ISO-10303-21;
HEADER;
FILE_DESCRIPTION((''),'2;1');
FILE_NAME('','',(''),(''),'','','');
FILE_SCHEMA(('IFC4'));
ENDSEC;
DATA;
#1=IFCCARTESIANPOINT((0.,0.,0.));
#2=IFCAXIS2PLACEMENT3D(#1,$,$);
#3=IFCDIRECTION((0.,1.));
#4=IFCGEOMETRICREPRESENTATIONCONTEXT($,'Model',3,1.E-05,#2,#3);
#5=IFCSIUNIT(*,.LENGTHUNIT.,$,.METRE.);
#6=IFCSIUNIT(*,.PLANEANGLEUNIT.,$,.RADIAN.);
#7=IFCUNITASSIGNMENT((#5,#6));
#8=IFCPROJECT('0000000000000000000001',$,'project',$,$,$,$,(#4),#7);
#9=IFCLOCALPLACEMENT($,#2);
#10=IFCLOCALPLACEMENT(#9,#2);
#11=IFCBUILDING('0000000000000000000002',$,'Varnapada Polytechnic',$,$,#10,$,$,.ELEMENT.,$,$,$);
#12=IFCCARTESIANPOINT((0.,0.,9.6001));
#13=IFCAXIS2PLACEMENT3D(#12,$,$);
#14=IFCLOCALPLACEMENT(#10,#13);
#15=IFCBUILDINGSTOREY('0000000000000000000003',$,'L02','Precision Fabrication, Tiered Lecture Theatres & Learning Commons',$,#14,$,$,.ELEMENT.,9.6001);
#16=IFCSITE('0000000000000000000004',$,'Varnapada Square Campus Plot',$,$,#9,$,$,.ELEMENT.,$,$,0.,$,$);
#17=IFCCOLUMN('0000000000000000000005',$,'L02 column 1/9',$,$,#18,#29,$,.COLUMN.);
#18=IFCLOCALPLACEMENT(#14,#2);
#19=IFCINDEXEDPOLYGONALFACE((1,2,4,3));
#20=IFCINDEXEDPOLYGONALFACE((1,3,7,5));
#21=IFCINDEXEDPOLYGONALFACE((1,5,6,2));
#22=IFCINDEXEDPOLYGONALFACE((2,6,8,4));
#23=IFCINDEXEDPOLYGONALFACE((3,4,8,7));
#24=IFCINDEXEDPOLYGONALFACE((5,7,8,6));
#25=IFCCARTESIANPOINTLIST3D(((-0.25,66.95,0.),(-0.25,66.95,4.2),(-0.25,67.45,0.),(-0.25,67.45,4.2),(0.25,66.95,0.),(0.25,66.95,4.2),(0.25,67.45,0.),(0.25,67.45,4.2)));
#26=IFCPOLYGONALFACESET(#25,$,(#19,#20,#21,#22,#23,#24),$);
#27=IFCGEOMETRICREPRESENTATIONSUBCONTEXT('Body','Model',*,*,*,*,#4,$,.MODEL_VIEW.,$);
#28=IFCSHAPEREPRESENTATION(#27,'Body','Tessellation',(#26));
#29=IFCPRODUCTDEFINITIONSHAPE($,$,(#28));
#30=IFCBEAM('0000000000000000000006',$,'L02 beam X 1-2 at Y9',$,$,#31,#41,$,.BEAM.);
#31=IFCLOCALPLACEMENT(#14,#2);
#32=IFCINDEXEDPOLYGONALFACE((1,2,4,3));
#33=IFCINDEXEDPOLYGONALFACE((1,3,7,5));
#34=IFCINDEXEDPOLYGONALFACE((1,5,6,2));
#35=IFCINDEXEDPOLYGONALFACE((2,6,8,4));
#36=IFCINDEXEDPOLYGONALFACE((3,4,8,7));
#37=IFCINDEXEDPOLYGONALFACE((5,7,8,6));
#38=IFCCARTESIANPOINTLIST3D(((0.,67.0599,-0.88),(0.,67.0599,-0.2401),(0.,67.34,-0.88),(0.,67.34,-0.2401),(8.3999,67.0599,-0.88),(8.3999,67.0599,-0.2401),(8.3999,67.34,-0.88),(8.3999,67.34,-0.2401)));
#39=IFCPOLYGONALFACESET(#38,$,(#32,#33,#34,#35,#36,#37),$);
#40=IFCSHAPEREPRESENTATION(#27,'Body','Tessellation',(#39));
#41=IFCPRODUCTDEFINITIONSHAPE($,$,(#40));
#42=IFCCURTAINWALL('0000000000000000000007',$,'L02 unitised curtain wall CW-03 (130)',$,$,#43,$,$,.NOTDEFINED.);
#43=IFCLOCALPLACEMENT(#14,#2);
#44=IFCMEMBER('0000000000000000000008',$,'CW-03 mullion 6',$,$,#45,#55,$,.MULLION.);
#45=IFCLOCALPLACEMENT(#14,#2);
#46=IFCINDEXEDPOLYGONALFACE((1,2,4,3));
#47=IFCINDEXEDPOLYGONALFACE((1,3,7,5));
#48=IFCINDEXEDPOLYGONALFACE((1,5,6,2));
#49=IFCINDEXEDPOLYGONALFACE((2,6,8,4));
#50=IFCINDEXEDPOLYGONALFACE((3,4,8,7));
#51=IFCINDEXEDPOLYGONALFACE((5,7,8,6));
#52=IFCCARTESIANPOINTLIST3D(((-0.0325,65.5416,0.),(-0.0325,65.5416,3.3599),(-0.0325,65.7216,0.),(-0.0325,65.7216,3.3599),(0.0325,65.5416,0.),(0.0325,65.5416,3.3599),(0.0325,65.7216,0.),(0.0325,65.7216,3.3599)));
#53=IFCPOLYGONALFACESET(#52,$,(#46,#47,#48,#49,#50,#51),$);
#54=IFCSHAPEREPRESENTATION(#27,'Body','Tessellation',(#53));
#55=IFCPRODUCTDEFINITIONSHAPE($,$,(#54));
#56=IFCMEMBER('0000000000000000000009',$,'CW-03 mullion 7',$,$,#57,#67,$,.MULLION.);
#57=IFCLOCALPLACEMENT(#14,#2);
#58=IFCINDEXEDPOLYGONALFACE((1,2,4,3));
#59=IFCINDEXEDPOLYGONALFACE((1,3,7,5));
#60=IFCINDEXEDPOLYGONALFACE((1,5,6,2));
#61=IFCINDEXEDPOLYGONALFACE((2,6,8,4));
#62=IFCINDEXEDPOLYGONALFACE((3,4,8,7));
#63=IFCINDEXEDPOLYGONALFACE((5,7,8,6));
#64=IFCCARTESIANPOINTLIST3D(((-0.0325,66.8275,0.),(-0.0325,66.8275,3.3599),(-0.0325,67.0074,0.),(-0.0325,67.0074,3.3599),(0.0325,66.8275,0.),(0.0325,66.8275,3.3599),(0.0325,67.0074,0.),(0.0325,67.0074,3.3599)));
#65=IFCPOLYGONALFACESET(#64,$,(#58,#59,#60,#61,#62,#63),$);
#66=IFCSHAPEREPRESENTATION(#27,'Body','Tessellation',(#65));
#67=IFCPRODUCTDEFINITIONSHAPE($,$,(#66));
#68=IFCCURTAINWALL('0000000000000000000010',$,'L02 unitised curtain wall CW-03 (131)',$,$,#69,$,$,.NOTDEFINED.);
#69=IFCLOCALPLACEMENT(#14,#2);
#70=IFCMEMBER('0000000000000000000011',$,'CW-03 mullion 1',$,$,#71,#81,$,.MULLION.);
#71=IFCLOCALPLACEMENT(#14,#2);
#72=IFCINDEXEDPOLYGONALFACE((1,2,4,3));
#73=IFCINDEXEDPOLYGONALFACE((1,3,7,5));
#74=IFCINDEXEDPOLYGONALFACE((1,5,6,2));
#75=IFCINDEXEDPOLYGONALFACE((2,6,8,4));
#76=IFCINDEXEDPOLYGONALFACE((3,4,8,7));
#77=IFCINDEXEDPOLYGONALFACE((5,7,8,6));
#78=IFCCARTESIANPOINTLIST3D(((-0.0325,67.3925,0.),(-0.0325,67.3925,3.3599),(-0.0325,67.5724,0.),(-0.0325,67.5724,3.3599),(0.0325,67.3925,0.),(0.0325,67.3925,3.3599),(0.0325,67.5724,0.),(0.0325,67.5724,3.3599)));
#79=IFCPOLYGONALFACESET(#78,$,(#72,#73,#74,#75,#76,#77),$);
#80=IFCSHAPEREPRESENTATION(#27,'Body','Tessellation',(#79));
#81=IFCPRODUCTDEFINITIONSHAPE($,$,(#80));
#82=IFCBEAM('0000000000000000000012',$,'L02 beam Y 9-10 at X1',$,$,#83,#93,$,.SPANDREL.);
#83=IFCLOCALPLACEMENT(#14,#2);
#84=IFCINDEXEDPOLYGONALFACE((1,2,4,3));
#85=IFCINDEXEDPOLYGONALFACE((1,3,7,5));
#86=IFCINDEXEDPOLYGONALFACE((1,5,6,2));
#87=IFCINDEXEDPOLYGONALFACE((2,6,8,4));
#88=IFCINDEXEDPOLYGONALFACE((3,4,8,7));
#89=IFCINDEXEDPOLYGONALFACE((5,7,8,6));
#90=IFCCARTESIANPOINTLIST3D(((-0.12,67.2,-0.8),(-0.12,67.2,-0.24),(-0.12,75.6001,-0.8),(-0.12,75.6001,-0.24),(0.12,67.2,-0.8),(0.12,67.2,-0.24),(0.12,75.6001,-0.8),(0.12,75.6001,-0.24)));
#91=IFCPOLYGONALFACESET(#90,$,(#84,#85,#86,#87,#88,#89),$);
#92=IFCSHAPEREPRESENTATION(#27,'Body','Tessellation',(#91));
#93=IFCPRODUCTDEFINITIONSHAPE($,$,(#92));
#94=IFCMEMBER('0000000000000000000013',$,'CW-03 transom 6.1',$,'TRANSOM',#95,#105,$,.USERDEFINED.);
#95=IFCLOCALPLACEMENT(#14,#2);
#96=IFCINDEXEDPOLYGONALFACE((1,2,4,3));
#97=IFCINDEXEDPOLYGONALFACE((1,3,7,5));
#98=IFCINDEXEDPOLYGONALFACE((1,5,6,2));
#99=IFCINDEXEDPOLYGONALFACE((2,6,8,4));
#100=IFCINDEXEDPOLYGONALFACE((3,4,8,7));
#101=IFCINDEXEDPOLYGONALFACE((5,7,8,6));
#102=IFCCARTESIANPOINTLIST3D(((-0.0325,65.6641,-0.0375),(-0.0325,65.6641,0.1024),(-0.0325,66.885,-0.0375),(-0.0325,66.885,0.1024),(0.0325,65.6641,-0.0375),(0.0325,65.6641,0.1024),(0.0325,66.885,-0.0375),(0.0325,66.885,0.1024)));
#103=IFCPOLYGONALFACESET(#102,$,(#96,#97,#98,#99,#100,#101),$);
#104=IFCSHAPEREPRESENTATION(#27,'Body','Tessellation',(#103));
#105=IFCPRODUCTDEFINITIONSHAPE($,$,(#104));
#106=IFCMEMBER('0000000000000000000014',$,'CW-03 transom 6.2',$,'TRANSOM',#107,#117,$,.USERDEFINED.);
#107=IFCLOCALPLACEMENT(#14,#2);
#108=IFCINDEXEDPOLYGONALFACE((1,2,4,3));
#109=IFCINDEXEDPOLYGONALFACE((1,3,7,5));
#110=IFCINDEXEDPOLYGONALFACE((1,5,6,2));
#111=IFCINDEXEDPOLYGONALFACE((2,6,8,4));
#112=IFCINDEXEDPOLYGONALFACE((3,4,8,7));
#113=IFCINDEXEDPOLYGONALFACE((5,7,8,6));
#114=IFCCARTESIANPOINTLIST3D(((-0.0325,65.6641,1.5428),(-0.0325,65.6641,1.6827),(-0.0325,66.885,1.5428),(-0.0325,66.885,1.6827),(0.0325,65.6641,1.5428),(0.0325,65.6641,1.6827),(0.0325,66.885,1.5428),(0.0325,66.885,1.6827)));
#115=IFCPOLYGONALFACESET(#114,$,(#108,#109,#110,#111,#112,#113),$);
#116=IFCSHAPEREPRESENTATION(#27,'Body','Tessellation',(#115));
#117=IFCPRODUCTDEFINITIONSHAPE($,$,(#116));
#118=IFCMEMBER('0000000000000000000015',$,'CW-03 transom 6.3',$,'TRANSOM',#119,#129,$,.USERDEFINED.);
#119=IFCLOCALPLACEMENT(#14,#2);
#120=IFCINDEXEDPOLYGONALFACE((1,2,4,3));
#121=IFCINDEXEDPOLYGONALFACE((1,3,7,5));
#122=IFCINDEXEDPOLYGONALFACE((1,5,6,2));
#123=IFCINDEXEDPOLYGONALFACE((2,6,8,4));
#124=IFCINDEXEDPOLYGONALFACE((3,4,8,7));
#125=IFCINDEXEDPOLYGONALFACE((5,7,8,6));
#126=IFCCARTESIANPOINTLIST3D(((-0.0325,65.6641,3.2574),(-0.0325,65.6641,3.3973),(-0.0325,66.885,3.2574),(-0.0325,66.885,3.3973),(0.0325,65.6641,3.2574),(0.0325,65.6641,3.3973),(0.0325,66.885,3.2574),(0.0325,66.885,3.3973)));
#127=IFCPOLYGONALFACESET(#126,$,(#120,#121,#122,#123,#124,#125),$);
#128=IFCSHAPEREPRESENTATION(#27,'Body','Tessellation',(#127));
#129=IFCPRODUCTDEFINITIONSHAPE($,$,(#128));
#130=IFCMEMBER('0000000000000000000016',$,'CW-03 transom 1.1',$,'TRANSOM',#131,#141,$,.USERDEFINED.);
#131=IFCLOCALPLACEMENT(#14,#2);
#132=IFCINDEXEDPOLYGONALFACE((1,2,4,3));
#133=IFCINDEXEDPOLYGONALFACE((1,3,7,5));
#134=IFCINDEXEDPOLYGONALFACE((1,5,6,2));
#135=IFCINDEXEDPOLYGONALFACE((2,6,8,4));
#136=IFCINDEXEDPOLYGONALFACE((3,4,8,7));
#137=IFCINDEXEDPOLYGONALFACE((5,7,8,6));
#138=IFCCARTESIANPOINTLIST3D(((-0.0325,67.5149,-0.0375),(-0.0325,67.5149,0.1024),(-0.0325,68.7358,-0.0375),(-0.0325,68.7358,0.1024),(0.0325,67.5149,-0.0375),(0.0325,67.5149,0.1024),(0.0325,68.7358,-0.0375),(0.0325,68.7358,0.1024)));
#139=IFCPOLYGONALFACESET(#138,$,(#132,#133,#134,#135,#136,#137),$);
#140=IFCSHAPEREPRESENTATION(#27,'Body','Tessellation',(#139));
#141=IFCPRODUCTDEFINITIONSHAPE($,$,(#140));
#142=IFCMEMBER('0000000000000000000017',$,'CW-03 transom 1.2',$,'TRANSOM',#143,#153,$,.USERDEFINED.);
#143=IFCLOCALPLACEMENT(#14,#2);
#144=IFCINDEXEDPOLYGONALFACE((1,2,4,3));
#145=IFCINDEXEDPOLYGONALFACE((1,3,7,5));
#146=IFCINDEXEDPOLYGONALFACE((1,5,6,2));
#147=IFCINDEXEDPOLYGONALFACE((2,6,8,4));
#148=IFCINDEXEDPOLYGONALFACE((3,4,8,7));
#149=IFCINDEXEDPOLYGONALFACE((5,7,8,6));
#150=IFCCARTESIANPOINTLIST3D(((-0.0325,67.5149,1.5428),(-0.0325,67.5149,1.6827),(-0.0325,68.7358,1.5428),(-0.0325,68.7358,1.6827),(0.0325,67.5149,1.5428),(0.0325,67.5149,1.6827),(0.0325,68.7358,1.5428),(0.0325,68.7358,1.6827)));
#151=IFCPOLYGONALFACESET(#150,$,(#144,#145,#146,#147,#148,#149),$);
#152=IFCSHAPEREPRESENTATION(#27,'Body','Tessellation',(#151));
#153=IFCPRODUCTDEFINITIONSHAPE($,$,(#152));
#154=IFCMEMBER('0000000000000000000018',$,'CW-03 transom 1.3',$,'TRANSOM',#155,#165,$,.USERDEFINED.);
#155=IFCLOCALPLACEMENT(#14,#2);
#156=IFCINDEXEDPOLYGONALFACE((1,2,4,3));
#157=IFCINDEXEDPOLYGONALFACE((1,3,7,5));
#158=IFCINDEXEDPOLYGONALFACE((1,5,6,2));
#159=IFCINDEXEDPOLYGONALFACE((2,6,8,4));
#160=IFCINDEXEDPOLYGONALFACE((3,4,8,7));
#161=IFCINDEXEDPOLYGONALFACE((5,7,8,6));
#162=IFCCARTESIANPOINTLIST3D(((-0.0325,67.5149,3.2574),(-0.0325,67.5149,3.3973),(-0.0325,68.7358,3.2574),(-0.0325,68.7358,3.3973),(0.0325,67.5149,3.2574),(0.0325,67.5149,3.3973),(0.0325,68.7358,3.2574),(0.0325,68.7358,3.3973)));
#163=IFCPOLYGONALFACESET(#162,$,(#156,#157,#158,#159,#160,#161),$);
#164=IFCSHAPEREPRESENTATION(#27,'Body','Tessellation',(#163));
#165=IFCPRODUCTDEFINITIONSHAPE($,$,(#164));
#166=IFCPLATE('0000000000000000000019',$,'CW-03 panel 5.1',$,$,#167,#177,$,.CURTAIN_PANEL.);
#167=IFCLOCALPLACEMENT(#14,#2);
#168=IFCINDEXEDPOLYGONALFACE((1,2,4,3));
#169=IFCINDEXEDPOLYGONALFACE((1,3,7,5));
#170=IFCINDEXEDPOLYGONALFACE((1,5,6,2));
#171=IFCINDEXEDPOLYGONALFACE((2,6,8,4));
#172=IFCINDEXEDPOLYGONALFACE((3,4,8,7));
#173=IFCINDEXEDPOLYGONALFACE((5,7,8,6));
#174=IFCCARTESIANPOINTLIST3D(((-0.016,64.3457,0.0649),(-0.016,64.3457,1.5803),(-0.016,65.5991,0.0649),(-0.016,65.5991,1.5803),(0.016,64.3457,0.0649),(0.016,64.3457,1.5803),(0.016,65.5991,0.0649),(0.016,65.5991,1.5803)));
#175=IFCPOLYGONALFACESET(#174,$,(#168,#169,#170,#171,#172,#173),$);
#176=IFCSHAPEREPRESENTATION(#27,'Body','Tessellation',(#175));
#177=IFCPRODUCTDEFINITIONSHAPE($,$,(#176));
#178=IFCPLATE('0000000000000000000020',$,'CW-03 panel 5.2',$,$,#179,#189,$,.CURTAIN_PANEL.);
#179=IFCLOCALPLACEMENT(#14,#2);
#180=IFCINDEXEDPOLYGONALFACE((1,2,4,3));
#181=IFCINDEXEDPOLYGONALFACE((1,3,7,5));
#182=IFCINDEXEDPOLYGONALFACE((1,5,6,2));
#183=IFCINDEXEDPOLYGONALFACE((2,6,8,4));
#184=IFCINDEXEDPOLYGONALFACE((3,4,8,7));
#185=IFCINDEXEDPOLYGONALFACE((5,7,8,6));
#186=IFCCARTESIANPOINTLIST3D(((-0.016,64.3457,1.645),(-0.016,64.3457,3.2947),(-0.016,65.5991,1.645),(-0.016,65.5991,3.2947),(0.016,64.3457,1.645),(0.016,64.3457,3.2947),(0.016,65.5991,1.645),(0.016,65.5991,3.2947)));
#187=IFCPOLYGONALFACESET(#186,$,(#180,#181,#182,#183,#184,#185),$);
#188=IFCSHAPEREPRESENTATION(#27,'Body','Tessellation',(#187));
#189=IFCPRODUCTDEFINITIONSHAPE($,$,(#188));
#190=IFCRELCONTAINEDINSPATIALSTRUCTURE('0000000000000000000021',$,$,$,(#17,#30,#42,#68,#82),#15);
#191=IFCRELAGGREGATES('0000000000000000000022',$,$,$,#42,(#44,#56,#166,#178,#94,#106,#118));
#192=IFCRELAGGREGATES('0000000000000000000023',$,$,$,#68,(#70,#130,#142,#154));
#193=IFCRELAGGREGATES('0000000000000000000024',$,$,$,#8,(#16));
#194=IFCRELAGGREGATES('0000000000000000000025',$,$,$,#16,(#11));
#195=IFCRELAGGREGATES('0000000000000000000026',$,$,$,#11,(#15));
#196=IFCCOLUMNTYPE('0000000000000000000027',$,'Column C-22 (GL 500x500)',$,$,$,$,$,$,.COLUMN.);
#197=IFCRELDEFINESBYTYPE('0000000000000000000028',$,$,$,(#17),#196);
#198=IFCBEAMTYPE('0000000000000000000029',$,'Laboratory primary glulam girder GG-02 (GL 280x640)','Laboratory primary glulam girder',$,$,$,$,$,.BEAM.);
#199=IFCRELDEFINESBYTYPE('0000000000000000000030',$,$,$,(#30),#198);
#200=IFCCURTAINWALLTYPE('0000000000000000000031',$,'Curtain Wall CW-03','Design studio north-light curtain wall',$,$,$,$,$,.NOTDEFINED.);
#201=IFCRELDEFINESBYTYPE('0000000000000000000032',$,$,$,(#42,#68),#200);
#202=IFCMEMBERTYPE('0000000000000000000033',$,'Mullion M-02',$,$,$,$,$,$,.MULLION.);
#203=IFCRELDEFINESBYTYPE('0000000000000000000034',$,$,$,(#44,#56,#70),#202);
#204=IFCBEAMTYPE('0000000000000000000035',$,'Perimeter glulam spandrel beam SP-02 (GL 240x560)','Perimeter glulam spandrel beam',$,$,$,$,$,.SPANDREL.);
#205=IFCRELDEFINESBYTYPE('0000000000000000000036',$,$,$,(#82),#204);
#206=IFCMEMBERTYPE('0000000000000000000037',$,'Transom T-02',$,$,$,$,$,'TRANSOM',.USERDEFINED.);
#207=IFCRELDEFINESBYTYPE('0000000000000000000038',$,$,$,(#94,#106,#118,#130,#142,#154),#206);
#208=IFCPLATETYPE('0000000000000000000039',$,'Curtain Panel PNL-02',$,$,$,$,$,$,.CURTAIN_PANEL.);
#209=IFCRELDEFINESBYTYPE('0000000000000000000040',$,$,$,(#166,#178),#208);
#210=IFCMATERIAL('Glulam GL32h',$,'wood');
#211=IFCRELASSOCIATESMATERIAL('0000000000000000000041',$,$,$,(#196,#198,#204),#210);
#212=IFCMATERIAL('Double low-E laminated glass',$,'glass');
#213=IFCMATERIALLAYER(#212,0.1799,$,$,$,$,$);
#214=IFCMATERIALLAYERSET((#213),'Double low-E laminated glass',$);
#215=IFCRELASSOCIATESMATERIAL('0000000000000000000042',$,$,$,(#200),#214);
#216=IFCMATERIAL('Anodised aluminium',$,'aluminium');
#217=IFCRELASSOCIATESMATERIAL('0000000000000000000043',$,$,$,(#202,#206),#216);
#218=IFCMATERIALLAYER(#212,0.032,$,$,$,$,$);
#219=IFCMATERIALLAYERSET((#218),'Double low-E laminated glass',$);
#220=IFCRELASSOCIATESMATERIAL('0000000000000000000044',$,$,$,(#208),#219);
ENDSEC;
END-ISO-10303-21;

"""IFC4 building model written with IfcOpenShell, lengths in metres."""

from ifc_helpers import new_model, si_unit, direction, frame, origin, origin_2d, place, context, subcontext, project, spatial, rectangle, extrude, material, layer, layer_set, material_profile, profile_set, type_object, element, aggregate, save


model = new_model("IFC4")

# Units and contexts
model_context = context("Model", 3, precision=1e-05, world=origin(), true_north=direction((0.0, 1.0)))
body_context = subcontext(model_context, "Body", "Model", "MODEL_VIEW")
ifc_project = project(units=[si_unit("LENGTHUNIT", "METRE"), si_unit("PLANEANGLEUNIT", "RADIAN")], contexts=[model_context])

# Site, building, storey
site_placement = place(None, origin())
site = spatial("IfcSite", under=ifc_project, at=site_placement, Name="Varnapada Square Campus Plot", CompositionType="ELEMENT", RefElevation=0.0)
building_placement = place(site_placement, origin())
building = spatial("IfcBuilding", under=site, at=building_placement, Name="Varnapada Polytechnic", CompositionType="ELEMENT")
storey_placement = place(building_placement, frame((0.0, 0.0, 9.6001)))
storey = spatial("IfcBuildingStorey", under=building, at=storey_placement, Name="L02", Description="Precision Fabrication, Tiered Lecture Theatres & Learning Commons", CompositionType="ELEMENT", Elevation=9.6001)

# Column
ifc_material_1 = material(Name="Glulam GL32h", Category="wood")
ifc_material_profile_1 = material_profile(ifc_material_1, rectangle(XDim=0.5, YDim=0.5, at=origin_2d()), Name="GL 500x500")
ifc_profile_set_1 = profile_set([ifc_material_profile_1], Name="Glulam GL32h")
column_type = type_object("IfcColumnType", Name="Column C-22 (GL 500x500)", PredefinedType="COLUMN", material=ifc_profile_set_1)
column_placement = place(storey_placement, frame((0.0, 67.2, 0.0), z_axis=(0.0, 0.0, 1.0), x_axis=(1.0, 0.0, 0.0)))
element("IfcColumn", 1, at=column_placement, inside=storey, type_object=column_type, Name="L02 column 1/9", PredefinedType="COLUMN", context=body_context, shape_type="SweptSolid", body=[
    extrude(rectangle(XDim=0.5, YDim=0.5, at=origin_2d()), origin(), (0.0, 0.0, 1.0), 4.2),
])

# Beam
ifc_material_profile_2 = material_profile(ifc_material_1, rectangle(XDim=0.28, YDim=0.6399, at=origin_2d()), Name="GL 280x640")
ifc_profile_set_2 = profile_set([ifc_material_profile_2], Name="Glulam GL32h")
beam_type_1 = type_object("IfcBeamType", Name="Laboratory primary glulam girder GG-02 (GL 280x640)", Description="Laboratory primary glulam girder", PredefinedType="BEAM", material=ifc_profile_set_2)
beam_1_placement = place(storey_placement, frame((0.0, 67.2, -0.5601), z_axis=(1.0, 0.0, 0.0), x_axis=(0.0, 1.0, 0.0)))
element("IfcBeam", 2, at=beam_1_placement, inside=storey, type_object=beam_type_1, Name="L02 beam X 1-2 at Y9", PredefinedType="BEAM", context=body_context, shape_type="SweptSolid", body=[
    extrude(rectangle(XDim=0.28, YDim=0.6399, at=origin_2d()), origin(), (0.0, 0.0, 1.0), 8.3999),
])

# Curtain wall, members
ifc_material_2 = material(Name="Double low-E laminated glass", Category="glass")
ifc_layer_1 = layer(ifc_material_2, 0.1799)
ifc_layer_set_1 = layer_set([ifc_layer_1], Name="Double low-E laminated glass")
curtain_wall_type = type_object("IfcCurtainWallType", Name="Curtain Wall CW-03", Description="Design studio north-light curtain wall", PredefinedType="NOTDEFINED", material=ifc_layer_set_1)
curtain_wall_1_placement = place(storey_placement, origin())
curtain_wall_1 = element("IfcCurtainWall", 3, at=curtain_wall_1_placement, inside=storey, type_object=curtain_wall_type, Name="L02 unitised curtain wall CW-03 (130)", PredefinedType="NOTDEFINED")
ifc_material_3 = material(Name="Anodised aluminium", Category="aluminium")
ifc_material_profile_3 = material_profile(ifc_material_3, rectangle(XDim=0.0649, YDim=0.1799, at=origin_2d()), Name="ALU M65x180")
ifc_profile_set_3 = profile_set([ifc_material_profile_3], Name="Anodised aluminium")
member_type_1 = type_object("IfcMemberType", Name="Mullion M-02", PredefinedType="MULLION", material=ifc_profile_set_3)
member_1_placement = place(storey_placement, frame((0.0, 65.6316, 0.0), z_axis=(0.0, 0.0, 1.0), x_axis=(-1.0, 0.0, 0.0)))
member_1 = element("IfcMember", 4, at=member_1_placement, type_object=member_type_1, Name="CW-03 mullion 6", PredefinedType="MULLION", context=body_context, shape_type="SweptSolid", body=[
    extrude(rectangle(XDim=0.0649, YDim=0.1799, at=origin_2d()), origin(), (0.0, 0.0, 1.0), 3.3599),
])
member_2_placement = place(storey_placement, frame((0.0, 66.9175, 0.0), z_axis=(0.0, 0.0, 1.0), x_axis=(-1.0, 0.0, 0.0)))
member_2 = element("IfcMember", 5, at=member_2_placement, type_object=member_type_1, Name="CW-03 mullion 7", PredefinedType="MULLION", context=body_context, shape_type="SweptSolid", body=[
    extrude(rectangle(XDim=0.0649, YDim=0.1799, at=origin_2d()), origin(), (0.0, 0.0, 1.0), 3.3599),
])

# Curtain wall, member
curtain_wall_2_placement = place(storey_placement, origin())
curtain_wall_2 = element("IfcCurtainWall", 6, at=curtain_wall_2_placement, inside=storey, type_object=curtain_wall_type, Name="L02 unitised curtain wall CW-03 (131)", PredefinedType="NOTDEFINED")
member_3_placement = place(storey_placement, frame((0.0, 67.4824, 0.0), z_axis=(0.0, 0.0, 1.0), x_axis=(-1.0, 0.0, 0.0)))
member_3 = element("IfcMember", 7, at=member_3_placement, type_object=member_type_1, Name="CW-03 mullion 1", PredefinedType="MULLION", context=body_context, shape_type="SweptSolid", body=[
    extrude(rectangle(XDim=0.0649, YDim=0.1799, at=origin_2d()), origin(), (0.0, 0.0, 1.0), 3.3599),
])

# Beam
ifc_material_profile_4 = material_profile(ifc_material_1, rectangle(XDim=0.24, YDim=0.5601, at=origin_2d()), Name="GL 240x560")
ifc_profile_set_4 = profile_set([ifc_material_profile_4], Name="Glulam GL32h")
beam_type_2 = type_object("IfcBeamType", Name="Perimeter glulam spandrel beam SP-02 (GL 240x560)", Description="Perimeter glulam spandrel beam", PredefinedType="SPANDREL", material=ifc_profile_set_4)
beam_2_placement = place(storey_placement, frame((0.0, 67.2, -0.52), z_axis=(0.0, 1.0, 0.0), x_axis=(-1.0, 0.0, 0.0)))
element("IfcBeam", 8, at=beam_2_placement, inside=storey, type_object=beam_type_2, Name="L02 beam Y 9-10 at X1", PredefinedType="SPANDREL", context=body_context, shape_type="SweptSolid", body=[
    extrude(rectangle(XDim=0.24, YDim=0.5601, at=origin_2d()), origin(), (0.0, 0.0, 1.0), 8.4001),
])

# Members
ifc_material_profile_5 = material_profile(ifc_material_3, rectangle(XDim=0.0649, YDim=0.1399, at=origin_2d()), Name="ALU T65x140")
ifc_profile_set_5 = profile_set([ifc_material_profile_5], Name="Anodised aluminium")
member_type_2 = type_object("IfcMemberType", Name="Transom T-02", ElementType="TRANSOM", PredefinedType="USERDEFINED", material=ifc_profile_set_5)
member_4_placement = place(storey_placement, frame((0.0, 65.6641, 0.0325), z_axis=(0.0, 1.0, 0.0), x_axis=(-1.0, 0.0, 0.0)))
member_4 = element("IfcMember", 9, at=member_4_placement, type_object=member_type_2, Name="CW-03 transom 6.1", ObjectType="TRANSOM", PredefinedType="USERDEFINED", context=body_context, shape_type="SweptSolid", body=[
    extrude(rectangle(XDim=0.0649, YDim=0.1399, at=origin_2d()), origin(), (0.0, 0.0, 1.0), 1.2209),
])
member_5_placement = place(storey_placement, frame((0.0, 65.6641, 1.6128), z_axis=(0.0, 1.0, 0.0), x_axis=(-1.0, 0.0, 0.0)))
member_5 = element("IfcMember", 10, at=member_5_placement, type_object=member_type_2, Name="CW-03 transom 6.2", ObjectType="TRANSOM", PredefinedType="USERDEFINED", context=body_context, shape_type="SweptSolid", body=[
    extrude(rectangle(XDim=0.0649, YDim=0.1399, at=origin_2d()), origin(), (0.0, 0.0, 1.0), 1.2209),
])
member_6_placement = place(storey_placement, frame((0.0, 65.6641, 3.3274), z_axis=(0.0, 1.0, 0.0), x_axis=(-1.0, 0.0, 0.0)))
member_6 = element("IfcMember", 11, at=member_6_placement, type_object=member_type_2, Name="CW-03 transom 6.3", ObjectType="TRANSOM", PredefinedType="USERDEFINED", context=body_context, shape_type="SweptSolid", body=[
    extrude(rectangle(XDim=0.0649, YDim=0.1399, at=origin_2d()), origin(), (0.0, 0.0, 1.0), 1.2209),
])
member_7_placement = place(storey_placement, frame((0.0, 67.5149, 0.0325), z_axis=(0.0, 1.0, 0.0), x_axis=(-1.0, 0.0, 0.0)))
member_7 = element("IfcMember", 12, at=member_7_placement, type_object=member_type_2, Name="CW-03 transom 1.1", ObjectType="TRANSOM", PredefinedType="USERDEFINED", context=body_context, shape_type="SweptSolid", body=[
    extrude(rectangle(XDim=0.0649, YDim=0.1399, at=origin_2d()), origin(), (0.0, 0.0, 1.0), 1.2209),
])
member_8_placement = place(storey_placement, frame((0.0, 67.5149, 1.6128), z_axis=(0.0, 1.0, 0.0), x_axis=(-1.0, 0.0, 0.0)))
member_8 = element("IfcMember", 13, at=member_8_placement, type_object=member_type_2, Name="CW-03 transom 1.2", ObjectType="TRANSOM", PredefinedType="USERDEFINED", context=body_context, shape_type="SweptSolid", body=[
    extrude(rectangle(XDim=0.0649, YDim=0.1399, at=origin_2d()), origin(), (0.0, 0.0, 1.0), 1.2209),
])
member_9_placement = place(storey_placement, frame((0.0, 67.5149, 3.3274), z_axis=(0.0, 1.0, 0.0), x_axis=(-1.0, 0.0, 0.0)))
member_9 = element("IfcMember", 14, at=member_9_placement, type_object=member_type_2, Name="CW-03 transom 1.3", ObjectType="TRANSOM", PredefinedType="USERDEFINED", context=body_context, shape_type="SweptSolid", body=[
    extrude(rectangle(XDim=0.0649, YDim=0.1399, at=origin_2d()), origin(), (0.0, 0.0, 1.0), 1.2209),
])

# Plates
ifc_layer_2 = layer(ifc_material_2, 0.032)
ifc_layer_set_2 = layer_set([ifc_layer_2], Name="Double low-E laminated glass")
plate_type = type_object("IfcPlateType", Name="Curtain Panel PNL-02", PredefinedType="CURTAIN_PANEL", material=ifc_layer_set_2)
plate_1_placement = place(storey_placement, frame((0.0, 64.9724, 0.0649), z_axis=(0.0, 0.0, 1.0), x_axis=(0.0, 1.0, 0.0)))
plate_1 = element("IfcPlate", 15, at=plate_1_placement, type_object=plate_type, Name="CW-03 panel 5.1", PredefinedType="CURTAIN_PANEL", context=body_context, shape_type="SweptSolid", body=[
    extrude(rectangle(XDim=1.2534, YDim=0.032, at=origin_2d()), origin(), (0.0, 0.0, 1.0), 1.5154),
])
plate_2_placement = place(storey_placement, frame((0.0, 64.9724, 1.645), z_axis=(0.0, 0.0, 1.0), x_axis=(0.0, 1.0, 0.0)))
plate_2 = element("IfcPlate", 16, at=plate_2_placement, type_object=plate_type, Name="CW-03 panel 5.2", PredefinedType="CURTAIN_PANEL", context=body_context, shape_type="SweptSolid", body=[
    extrude(rectangle(XDim=1.2534, YDim=0.032, at=origin_2d()), origin(), (0.0, 0.0, 1.0), 1.6497),
])
aggregate(curtain_wall_1, [member_1, member_2, plate_1, plate_2, member_4, member_5, member_6])
aggregate(curtain_wall_2, [member_3, member_7, member_8, member_9])

save(model, "model.ifc")
